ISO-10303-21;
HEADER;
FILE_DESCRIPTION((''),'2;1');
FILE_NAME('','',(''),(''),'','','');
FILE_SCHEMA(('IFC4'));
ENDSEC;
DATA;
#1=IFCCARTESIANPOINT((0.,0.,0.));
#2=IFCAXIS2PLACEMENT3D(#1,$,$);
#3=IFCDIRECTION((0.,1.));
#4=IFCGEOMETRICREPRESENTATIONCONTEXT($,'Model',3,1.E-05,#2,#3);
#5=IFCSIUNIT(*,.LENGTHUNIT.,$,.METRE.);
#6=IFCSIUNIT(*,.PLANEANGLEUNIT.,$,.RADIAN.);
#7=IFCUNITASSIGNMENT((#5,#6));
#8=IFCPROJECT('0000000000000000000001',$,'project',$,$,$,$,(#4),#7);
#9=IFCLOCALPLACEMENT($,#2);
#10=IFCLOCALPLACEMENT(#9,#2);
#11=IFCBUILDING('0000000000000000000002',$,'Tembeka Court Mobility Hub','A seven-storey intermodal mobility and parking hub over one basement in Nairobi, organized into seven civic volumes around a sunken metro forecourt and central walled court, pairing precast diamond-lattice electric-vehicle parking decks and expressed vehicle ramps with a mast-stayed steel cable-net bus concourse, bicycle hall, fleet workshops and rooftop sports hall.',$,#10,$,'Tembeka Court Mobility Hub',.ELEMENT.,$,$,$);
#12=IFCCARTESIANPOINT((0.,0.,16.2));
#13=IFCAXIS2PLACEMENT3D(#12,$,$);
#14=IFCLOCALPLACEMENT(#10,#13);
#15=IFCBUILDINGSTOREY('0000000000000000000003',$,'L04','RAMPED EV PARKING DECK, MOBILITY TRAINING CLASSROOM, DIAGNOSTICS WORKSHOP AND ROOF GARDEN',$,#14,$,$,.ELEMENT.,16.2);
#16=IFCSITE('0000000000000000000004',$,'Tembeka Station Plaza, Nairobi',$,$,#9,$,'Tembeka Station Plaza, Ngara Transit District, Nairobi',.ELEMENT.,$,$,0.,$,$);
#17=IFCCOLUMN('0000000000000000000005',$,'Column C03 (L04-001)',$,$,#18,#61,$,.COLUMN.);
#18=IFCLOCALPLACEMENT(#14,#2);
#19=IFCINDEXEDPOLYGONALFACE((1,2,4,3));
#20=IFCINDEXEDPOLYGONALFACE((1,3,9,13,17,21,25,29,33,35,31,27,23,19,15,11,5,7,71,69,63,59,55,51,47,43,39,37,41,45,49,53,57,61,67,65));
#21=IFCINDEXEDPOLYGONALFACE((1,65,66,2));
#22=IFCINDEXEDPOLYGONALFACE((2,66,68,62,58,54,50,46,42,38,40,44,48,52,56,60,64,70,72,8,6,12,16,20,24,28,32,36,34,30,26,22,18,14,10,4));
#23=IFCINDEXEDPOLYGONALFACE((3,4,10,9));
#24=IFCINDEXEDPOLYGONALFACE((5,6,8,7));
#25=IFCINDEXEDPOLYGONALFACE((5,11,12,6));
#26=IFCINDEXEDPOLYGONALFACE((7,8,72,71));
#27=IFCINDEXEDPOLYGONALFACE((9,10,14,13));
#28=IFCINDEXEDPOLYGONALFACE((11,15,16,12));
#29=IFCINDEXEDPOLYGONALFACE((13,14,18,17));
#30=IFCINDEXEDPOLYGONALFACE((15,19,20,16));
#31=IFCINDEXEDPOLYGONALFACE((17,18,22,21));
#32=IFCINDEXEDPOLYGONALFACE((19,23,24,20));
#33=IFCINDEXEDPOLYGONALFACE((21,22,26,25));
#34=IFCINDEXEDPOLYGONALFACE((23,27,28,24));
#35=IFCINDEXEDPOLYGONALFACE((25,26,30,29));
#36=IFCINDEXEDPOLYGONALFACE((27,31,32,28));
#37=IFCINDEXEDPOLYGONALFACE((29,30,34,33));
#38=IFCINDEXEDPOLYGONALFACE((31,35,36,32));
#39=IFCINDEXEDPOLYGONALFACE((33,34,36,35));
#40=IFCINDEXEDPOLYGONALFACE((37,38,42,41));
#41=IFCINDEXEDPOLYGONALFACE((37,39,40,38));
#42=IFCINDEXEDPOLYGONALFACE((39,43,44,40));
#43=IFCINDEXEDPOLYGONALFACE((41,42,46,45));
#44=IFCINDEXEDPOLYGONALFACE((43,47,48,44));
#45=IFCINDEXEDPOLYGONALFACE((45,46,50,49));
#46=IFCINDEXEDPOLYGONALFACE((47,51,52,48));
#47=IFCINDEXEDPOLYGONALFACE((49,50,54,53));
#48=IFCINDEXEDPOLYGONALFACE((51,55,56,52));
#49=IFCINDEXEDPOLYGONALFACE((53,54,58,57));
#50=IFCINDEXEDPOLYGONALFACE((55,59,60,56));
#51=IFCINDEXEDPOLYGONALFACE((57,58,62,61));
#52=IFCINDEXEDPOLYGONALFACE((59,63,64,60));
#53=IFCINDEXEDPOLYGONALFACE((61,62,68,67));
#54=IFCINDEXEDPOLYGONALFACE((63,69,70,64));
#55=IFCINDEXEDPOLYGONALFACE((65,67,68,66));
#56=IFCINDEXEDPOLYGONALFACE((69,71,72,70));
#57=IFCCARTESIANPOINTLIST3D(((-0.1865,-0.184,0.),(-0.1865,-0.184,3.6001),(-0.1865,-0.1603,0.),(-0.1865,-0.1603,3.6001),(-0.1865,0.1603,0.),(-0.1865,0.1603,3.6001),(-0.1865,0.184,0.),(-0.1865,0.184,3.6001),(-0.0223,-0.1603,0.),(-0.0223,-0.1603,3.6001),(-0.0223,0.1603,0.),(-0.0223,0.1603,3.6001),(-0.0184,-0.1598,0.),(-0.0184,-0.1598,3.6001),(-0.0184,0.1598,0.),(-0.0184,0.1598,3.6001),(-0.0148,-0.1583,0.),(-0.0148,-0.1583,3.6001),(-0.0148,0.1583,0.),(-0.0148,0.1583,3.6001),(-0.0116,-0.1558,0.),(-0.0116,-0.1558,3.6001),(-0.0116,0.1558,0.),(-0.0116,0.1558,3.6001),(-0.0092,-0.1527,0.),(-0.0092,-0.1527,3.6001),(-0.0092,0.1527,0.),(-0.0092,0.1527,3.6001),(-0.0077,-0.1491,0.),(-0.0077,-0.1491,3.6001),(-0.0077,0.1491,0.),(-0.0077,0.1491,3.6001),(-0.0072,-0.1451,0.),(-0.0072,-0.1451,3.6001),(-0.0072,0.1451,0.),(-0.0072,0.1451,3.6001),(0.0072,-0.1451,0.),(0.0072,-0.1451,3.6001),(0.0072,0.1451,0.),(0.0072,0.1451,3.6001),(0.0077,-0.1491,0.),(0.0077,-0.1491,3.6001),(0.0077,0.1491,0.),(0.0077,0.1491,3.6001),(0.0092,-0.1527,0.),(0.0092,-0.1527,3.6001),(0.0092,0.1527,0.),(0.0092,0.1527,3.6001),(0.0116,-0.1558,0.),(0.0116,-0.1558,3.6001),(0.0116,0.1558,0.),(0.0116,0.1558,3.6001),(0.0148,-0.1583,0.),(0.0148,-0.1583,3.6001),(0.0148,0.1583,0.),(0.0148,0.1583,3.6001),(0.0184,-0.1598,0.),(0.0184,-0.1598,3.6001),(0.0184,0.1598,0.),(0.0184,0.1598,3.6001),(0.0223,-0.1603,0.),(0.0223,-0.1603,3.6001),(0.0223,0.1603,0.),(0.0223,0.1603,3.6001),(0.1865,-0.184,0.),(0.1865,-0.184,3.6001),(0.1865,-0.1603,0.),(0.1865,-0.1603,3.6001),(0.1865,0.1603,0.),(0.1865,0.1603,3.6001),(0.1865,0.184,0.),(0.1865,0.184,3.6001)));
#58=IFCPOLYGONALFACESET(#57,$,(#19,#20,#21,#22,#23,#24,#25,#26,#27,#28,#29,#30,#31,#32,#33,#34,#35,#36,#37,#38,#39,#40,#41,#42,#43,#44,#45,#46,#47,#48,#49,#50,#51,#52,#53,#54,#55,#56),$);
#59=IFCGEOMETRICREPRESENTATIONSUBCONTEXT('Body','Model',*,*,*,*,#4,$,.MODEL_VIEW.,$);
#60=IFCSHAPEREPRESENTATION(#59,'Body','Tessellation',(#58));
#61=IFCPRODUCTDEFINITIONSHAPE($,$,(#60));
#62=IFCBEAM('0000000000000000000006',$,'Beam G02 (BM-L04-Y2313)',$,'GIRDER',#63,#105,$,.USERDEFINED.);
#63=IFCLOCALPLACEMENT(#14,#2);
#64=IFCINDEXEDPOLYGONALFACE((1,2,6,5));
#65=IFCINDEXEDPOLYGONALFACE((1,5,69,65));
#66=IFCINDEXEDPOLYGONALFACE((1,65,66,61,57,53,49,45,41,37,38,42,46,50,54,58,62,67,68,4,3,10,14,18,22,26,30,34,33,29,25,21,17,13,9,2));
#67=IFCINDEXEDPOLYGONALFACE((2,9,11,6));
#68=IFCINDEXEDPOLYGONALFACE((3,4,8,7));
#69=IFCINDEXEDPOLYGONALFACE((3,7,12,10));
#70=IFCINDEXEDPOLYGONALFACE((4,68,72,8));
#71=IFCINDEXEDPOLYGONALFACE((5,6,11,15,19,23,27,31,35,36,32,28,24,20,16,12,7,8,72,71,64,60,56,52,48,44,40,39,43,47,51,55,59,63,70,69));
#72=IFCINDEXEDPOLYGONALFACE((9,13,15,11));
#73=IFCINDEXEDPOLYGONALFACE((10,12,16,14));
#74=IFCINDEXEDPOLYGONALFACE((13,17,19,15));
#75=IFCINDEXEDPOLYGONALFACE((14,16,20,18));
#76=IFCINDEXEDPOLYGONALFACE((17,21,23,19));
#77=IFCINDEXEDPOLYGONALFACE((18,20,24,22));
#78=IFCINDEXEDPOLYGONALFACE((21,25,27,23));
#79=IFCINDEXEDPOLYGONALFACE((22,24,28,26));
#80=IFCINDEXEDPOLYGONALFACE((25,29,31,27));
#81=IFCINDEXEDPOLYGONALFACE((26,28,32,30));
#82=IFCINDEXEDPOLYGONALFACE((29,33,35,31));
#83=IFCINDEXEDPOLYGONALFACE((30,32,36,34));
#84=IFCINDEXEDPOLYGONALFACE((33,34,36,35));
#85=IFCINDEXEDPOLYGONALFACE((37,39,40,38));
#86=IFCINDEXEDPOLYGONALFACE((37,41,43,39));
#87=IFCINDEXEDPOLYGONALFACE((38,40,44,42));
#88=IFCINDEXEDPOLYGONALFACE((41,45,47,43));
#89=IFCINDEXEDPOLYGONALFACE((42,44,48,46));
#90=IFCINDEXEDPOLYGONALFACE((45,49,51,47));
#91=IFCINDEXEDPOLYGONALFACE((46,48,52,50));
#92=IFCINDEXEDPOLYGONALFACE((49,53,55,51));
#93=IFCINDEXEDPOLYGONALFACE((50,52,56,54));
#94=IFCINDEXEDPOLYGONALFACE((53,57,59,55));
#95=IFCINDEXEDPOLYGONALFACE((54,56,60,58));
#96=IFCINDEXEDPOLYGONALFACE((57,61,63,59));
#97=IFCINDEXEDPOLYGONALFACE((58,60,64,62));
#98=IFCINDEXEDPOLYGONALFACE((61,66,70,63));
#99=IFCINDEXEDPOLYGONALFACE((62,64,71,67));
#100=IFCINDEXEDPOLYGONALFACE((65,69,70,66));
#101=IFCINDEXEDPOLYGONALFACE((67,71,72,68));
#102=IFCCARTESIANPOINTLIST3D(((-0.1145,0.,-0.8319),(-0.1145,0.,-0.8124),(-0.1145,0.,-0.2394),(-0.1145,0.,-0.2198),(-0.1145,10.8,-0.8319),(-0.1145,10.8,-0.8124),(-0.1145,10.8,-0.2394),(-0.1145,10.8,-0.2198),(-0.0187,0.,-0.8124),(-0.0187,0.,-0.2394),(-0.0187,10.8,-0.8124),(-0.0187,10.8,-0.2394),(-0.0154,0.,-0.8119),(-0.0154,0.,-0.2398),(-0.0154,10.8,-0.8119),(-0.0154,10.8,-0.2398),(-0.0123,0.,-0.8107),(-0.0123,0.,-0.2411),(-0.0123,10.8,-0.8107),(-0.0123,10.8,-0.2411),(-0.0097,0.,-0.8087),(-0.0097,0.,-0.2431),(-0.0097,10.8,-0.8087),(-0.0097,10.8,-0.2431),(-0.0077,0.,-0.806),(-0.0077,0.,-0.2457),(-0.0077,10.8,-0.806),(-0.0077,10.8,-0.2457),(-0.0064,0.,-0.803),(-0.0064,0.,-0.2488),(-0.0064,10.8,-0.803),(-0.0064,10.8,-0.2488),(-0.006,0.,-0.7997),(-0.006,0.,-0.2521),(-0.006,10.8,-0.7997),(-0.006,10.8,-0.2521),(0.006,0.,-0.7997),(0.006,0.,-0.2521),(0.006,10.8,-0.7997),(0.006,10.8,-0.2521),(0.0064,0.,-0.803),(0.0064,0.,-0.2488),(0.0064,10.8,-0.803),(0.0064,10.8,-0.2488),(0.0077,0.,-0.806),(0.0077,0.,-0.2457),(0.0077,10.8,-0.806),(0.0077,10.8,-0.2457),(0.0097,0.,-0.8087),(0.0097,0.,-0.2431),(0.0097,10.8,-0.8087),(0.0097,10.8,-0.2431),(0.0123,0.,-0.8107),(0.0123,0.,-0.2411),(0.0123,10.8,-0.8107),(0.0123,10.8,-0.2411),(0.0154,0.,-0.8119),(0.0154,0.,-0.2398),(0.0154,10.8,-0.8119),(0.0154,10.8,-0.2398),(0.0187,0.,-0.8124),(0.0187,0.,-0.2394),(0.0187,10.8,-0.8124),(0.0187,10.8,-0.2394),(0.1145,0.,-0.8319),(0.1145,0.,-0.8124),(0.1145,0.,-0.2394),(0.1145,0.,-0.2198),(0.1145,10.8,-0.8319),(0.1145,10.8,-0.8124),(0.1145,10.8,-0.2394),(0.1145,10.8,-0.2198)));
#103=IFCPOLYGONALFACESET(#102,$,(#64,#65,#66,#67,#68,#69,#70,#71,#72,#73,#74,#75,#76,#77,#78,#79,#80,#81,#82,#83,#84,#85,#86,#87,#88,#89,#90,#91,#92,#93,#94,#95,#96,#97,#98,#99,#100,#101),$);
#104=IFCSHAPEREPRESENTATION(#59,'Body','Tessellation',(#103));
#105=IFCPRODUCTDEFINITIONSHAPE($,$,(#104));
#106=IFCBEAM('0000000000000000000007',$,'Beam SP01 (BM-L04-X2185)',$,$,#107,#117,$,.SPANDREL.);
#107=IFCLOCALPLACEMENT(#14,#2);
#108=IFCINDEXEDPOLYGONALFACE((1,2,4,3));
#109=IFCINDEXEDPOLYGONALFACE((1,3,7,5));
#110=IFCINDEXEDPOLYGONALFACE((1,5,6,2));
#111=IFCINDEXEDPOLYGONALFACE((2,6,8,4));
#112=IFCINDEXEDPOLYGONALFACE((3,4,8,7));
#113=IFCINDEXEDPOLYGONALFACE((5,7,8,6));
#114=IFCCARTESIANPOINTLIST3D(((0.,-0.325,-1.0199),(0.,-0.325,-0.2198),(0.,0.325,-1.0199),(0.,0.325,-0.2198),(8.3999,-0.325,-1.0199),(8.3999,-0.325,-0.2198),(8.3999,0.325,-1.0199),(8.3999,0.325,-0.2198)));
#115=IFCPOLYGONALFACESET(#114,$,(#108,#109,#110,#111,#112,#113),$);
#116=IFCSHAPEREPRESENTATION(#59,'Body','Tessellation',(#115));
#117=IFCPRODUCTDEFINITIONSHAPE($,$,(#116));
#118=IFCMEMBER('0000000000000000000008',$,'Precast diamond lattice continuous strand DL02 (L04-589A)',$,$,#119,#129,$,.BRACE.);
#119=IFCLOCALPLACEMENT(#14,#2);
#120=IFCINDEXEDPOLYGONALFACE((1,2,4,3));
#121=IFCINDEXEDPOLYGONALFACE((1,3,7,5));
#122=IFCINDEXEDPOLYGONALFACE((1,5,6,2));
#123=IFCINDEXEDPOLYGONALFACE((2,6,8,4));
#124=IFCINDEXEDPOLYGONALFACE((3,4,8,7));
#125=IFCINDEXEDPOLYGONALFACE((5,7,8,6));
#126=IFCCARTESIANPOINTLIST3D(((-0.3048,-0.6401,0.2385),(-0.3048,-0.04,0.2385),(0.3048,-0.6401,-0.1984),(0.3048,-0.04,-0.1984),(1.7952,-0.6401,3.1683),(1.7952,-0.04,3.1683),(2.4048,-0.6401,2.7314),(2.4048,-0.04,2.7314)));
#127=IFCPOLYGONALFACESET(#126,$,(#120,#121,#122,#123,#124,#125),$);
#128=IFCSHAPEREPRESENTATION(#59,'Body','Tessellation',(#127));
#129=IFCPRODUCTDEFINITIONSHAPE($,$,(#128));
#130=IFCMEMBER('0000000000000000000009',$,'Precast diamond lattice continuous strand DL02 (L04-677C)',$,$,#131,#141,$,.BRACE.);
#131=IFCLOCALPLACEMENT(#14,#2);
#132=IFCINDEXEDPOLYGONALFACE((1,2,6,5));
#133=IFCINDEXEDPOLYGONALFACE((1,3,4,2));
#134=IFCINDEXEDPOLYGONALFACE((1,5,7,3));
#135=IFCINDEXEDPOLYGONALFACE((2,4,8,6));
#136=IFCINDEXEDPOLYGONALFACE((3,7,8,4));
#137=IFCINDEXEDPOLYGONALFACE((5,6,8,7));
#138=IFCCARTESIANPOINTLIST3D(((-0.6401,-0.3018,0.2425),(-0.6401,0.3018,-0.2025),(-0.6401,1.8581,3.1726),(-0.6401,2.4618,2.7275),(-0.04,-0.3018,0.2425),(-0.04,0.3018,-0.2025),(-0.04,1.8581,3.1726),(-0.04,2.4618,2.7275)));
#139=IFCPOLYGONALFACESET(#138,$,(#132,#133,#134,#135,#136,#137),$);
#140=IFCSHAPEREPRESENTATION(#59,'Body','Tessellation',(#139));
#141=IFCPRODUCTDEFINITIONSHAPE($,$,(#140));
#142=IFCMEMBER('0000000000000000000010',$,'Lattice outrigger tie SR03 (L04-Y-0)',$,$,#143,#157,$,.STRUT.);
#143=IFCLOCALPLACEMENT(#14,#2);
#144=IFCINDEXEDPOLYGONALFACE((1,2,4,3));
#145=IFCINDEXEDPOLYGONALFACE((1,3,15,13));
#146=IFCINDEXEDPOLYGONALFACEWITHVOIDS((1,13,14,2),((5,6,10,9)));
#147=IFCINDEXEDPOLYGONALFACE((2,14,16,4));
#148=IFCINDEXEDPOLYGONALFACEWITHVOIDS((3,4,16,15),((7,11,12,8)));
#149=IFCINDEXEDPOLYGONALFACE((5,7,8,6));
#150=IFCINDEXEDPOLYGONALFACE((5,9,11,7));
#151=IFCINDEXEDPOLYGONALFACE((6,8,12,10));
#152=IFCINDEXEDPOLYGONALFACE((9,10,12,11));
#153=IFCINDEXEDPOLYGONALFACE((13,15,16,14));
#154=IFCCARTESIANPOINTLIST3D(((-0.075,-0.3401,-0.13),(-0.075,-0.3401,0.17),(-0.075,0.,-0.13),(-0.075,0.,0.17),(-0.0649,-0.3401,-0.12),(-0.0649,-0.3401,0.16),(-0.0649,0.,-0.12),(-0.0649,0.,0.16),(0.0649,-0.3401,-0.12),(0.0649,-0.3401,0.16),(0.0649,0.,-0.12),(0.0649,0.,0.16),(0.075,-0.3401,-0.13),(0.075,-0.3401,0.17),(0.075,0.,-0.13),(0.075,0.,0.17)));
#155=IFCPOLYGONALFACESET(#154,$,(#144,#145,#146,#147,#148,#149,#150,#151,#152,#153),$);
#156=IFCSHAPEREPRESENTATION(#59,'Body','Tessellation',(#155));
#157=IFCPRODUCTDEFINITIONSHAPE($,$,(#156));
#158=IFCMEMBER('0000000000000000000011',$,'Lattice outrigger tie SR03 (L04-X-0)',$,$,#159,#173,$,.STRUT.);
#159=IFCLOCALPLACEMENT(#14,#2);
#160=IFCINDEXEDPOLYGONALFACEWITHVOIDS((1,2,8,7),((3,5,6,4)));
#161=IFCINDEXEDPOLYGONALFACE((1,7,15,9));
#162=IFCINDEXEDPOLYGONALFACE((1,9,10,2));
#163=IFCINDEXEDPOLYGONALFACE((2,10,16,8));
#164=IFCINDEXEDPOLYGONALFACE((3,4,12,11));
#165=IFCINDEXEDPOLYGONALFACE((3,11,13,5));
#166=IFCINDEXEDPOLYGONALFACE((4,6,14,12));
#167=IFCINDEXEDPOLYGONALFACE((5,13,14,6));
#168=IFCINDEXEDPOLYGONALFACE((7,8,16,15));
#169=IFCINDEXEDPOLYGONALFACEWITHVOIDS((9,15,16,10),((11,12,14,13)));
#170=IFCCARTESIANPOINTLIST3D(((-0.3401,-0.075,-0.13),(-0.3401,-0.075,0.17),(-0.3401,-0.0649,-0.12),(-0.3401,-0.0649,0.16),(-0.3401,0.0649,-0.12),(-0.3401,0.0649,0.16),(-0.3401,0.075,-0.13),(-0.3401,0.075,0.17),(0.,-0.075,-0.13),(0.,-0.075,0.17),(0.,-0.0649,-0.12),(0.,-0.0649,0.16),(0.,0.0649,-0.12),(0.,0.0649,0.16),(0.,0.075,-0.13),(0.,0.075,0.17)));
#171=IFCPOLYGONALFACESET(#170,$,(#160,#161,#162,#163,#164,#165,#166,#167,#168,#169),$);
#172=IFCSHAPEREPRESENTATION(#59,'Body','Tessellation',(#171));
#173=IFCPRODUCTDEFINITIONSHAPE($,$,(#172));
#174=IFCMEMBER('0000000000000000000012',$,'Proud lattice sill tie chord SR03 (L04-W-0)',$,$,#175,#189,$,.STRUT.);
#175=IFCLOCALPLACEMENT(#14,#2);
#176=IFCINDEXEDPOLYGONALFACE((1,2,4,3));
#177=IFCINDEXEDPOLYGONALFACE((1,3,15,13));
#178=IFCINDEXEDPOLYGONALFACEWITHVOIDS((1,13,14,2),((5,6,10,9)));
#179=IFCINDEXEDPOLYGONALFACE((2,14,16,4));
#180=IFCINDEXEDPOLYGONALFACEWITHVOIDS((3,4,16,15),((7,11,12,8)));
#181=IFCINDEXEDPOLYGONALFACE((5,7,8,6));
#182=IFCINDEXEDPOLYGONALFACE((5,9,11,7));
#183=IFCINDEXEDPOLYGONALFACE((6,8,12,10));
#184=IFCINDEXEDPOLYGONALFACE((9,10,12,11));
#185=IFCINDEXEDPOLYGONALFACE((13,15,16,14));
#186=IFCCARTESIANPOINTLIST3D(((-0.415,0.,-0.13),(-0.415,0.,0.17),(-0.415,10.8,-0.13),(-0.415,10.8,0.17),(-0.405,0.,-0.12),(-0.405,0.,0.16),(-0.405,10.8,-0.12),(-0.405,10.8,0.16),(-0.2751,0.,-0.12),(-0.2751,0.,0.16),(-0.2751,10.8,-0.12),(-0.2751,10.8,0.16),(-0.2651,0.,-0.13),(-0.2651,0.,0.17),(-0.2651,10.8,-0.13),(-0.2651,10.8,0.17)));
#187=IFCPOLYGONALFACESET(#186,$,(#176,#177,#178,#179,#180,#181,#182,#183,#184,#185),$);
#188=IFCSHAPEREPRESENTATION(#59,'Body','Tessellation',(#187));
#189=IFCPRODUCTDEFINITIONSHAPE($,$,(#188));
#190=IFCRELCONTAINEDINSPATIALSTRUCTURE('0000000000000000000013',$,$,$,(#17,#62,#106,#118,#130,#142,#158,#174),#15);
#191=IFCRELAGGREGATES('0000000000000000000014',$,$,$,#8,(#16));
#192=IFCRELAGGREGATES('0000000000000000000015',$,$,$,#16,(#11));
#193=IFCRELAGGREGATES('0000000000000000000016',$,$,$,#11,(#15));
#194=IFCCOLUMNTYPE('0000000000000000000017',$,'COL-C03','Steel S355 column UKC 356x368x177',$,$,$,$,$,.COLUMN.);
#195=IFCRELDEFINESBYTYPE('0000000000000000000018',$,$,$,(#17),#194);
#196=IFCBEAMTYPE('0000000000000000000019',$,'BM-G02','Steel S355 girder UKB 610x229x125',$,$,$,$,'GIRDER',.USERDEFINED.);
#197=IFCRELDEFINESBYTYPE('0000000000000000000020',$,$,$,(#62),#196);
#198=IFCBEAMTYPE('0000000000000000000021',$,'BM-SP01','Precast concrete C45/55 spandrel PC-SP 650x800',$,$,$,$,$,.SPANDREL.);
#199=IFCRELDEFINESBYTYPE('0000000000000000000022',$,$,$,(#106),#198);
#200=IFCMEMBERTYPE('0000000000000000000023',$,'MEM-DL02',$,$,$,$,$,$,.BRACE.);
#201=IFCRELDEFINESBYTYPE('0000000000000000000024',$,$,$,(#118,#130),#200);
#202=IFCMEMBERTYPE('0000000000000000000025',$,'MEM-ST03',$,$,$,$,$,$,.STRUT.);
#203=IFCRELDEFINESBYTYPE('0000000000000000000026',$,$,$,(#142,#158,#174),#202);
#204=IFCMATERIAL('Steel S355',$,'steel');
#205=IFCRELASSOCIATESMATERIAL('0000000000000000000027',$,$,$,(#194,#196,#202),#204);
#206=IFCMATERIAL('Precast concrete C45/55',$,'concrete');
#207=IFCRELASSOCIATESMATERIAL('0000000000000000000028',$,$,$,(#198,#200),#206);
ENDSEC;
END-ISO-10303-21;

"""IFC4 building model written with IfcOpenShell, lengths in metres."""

from ifc_helpers import new_model, si_unit, direction, frame, origin, origin_with_axes, origin_2d, place, context, subcontext, project, spatial, rectangle, hollow_rectangle, i_section, extrude, material, material_profile, profile_set, type_object, element, save


model = new_model("IFC4")

# Units and contexts
model_context = context("Model", 3, precision=1e-05, world=origin(), true_north=direction((0.0, 1.0)))
body_context = subcontext(model_context, "Body", "Model", "MODEL_VIEW")
ifc_project = project(units=[si_unit("LENGTHUNIT", "METRE"), si_unit("PLANEANGLEUNIT", "RADIAN")], contexts=[model_context])

# Site, building, storey
site_placement = place(None, origin())
site = spatial("IfcSite", under=ifc_project, at=site_placement, Name="Tembeka Station Plaza, Nairobi", LongName="Tembeka Station Plaza, Ngara Transit District, Nairobi", CompositionType="ELEMENT", RefElevation=0.0)
building_placement = place(site_placement, origin())
building = spatial("IfcBuilding", under=site, at=building_placement, Name="Tembeka Court Mobility Hub", Description="A seven-storey intermodal mobility and parking hub over one basement in Nairobi, organized into seven civic volumes around a sunken metro forecourt and central walled court, pairing precast diamond-lattice electric-vehicle parking decks and expressed vehicle ramps with a mast-stayed steel cable-net bus concourse, bicycle hall, fleet workshops and rooftop sports hall.", LongName="Tembeka Court Mobility Hub", CompositionType="ELEMENT")
storey_placement = place(building_placement, frame((0.0, 0.0, 16.2)))
storey = spatial("IfcBuildingStorey", under=building, at=storey_placement, Name="L04", Description="RAMPED EV PARKING DECK, MOBILITY TRAINING CLASSROOM, DIAGNOSTICS WORKSHOP AND ROOF GARDEN", CompositionType="ELEMENT", Elevation=16.2)

# Column
ifc_material_1 = material(Name="Steel S355", Category="steel")
ifc_material_profile_1 = material_profile(ifc_material_1, i_section(OverallWidth=0.373, OverallDepth=0.3679, WebThickness=0.0144, FlangeThickness=0.0237, FilletRadius=0.0151, at=origin_2d()), Name="UKC 356x368x177")
ifc_profile_set_1 = profile_set([ifc_material_profile_1], Name="Steel S355")
column_type = type_object("IfcColumnType", Name="COL-C03", Description="Steel S355 column UKC 356x368x177", PredefinedType="COLUMN", material=ifc_profile_set_1)
column_placement = place(storey_placement, origin_with_axes())
element("IfcColumn", 1, at=column_placement, inside=storey, type_object=column_type, Name="Column C03 (L04-001)", PredefinedType="COLUMN", context=body_context, shape_type="SweptSolid", body=[
    extrude(i_section(OverallWidth=0.373, OverallDepth=0.3679, WebThickness=0.0144, FlangeThickness=0.0237, FilletRadius=0.0151, at=origin_2d()), origin(), (0.0, 0.0, 1.0), 3.6001),
])

# Beams
ifc_material_profile_2 = material_profile(ifc_material_1, i_section(OverallWidth=0.229, OverallDepth=0.6121, WebThickness=0.012, FlangeThickness=0.0195, FilletRadius=0.0127, at=origin_2d()), Name="UKB 610x229x125")
ifc_profile_set_2 = profile_set([ifc_material_profile_2], Name="Steel S355")
beam_type_1 = type_object("IfcBeamType", Name="BM-G02", Description="Steel S355 girder UKB 610x229x125", ElementType="GIRDER", PredefinedType="USERDEFINED", material=ifc_profile_set_2)
beam_1_placement = place(storey_placement, frame((0.0, 0.0, -0.5259), z_axis=(0.0, 1.0, 0.0), x_axis=(-1.0, 0.0, 0.0)))
element("IfcBeam", 2, at=beam_1_placement, inside=storey, type_object=beam_type_1, Name="Beam G02 (BM-L04-Y2313)", ObjectType="GIRDER", PredefinedType="USERDEFINED", context=body_context, shape_type="SweptSolid", body=[
    extrude(i_section(OverallWidth=0.229, OverallDepth=0.6121, WebThickness=0.012, FlangeThickness=0.0195, FilletRadius=0.0127, at=origin_2d()), origin(), (0.0, 0.0, 1.0), 10.8),
])
ifc_material_2 = material(Name="Precast concrete C45/55", Category="concrete")
ifc_material_profile_3 = material_profile(ifc_material_2, rectangle(XDim=0.6499, YDim=0.8, at=origin_2d()), Name="PC-SP 650x800")
ifc_profile_set_3 = profile_set([ifc_material_profile_3], Name="Precast concrete C45/55")
beam_type_2 = type_object("IfcBeamType", Name="BM-SP01", Description="Precast concrete C45/55 spandrel PC-SP 650x800", PredefinedType="SPANDREL", material=ifc_profile_set_3)
beam_2_placement = place(storey_placement, frame((0.0, 0.0, -0.6199), z_axis=(1.0, 0.0, 0.0), x_axis=(0.0, 1.0, 0.0)))
element("IfcBeam", 3, at=beam_2_placement, inside=storey, type_object=beam_type_2, Name="Beam SP01 (BM-L04-X2185)", PredefinedType="SPANDREL", context=body_context, shape_type="SweptSolid", body=[
    extrude(rectangle(XDim=0.6499, YDim=0.8, at=origin_2d()), origin(), (0.0, 0.0, 1.0), 8.3999),
])

# Members
ifc_material_profile_4 = material_profile(ifc_material_2, rectangle(XDim=0.6001, YDim=0.75, at=origin_2d()), Name="PC-DIAG 600x750")
ifc_profile_set_4 = profile_set([ifc_material_profile_4], Name="Precast concrete C45/55")
member_type_1 = type_object("IfcMemberType", Name="MEM-DL02", PredefinedType="BRACE", material=ifc_profile_set_4)
member_1_placement = place(storey_placement, frame((0.0, -0.3401, 0.02), z_axis=(0.582576, 0.0, 0.812776), x_axis=(0.0, 1.0, 0.0)))
element("IfcMember", 4, at=member_1_placement, inside=storey, type_object=member_type_1, Name="Precast diamond lattice continuous strand DL02 (L04-589A)", PredefinedType="BRACE", context=body_context, shape_type="SweptSolid", body=[
    extrude(rectangle(XDim=0.6001, YDim=0.75, at=origin_2d()), origin(), (0.0, 0.0, 1.0), 3.6047),
])
member_2_placement = place(storey_placement, frame((-0.3401, 0.0, 0.02), z_axis=(0.0, 0.59338, 0.804923), x_axis=(-1.0, 0.0, 0.0)))
element("IfcMember", 5, at=member_2_placement, inside=storey, type_object=member_type_1, Name="Precast diamond lattice continuous strand DL02 (L04-677C)", PredefinedType="BRACE", context=body_context, shape_type="SweptSolid", body=[
    extrude(rectangle(XDim=0.6001, YDim=0.75, at=origin_2d()), origin(), (0.0, 0.0, 1.0), 3.6401),
])
ifc_material_profile_5 = material_profile(ifc_material_1, hollow_rectangle(XDim=0.1499, YDim=0.3, WallThickness=0.01, at=origin_2d()), Name="RHS 300x150x10")
ifc_profile_set_5 = profile_set([ifc_material_profile_5], Name="Steel S355")
member_type_2 = type_object("IfcMemberType", Name="MEM-ST03", PredefinedType="STRUT", material=ifc_profile_set_5)
for number, where, z_axis, x_axis, name in (
    (6, (0.0, 0.0, 0.02), (0.0, -1.0, 0.0), (1.0, 0.0, 0.0), "Lattice outrigger tie SR03 (L04-Y-0)"),
    (7, (0.0, 0.0, 0.02), (-1.0, 0.0, 0.0), (0.0, -1.0, 0.0), "Lattice outrigger tie SR03 (L04-X-0)"),
):
    element("IfcMember", number, at=place(storey_placement, frame(where, z_axis=z_axis, x_axis=x_axis)), inside=storey, type_object=member_type_2, Name=name, PredefinedType="STRUT", context=body_context, shape_type="SweptSolid", body=[
        extrude(hollow_rectangle(XDim=0.1499, YDim=0.3, WallThickness=0.01, at=origin_2d()), origin(), (0.0, 0.0, 1.0), 0.3401),
    ])
member_3_placement = place(storey_placement, frame((-0.3401, 0.0, 0.02), z_axis=(0.0, 1.0, 0.0), x_axis=(-1.0, 0.0, 0.0)))
element("IfcMember", 8, at=member_3_placement, inside=storey, type_object=member_type_2, Name="Proud lattice sill tie chord SR03 (L04-W-0)", PredefinedType="STRUT", context=body_context, shape_type="SweptSolid", body=[
    extrude(hollow_rectangle(XDim=0.1499, YDim=0.3, WallThickness=0.01, at=origin_2d()), origin(), (0.0, 0.0, 1.0), 10.8),
])

save(model, "model.ifc")
